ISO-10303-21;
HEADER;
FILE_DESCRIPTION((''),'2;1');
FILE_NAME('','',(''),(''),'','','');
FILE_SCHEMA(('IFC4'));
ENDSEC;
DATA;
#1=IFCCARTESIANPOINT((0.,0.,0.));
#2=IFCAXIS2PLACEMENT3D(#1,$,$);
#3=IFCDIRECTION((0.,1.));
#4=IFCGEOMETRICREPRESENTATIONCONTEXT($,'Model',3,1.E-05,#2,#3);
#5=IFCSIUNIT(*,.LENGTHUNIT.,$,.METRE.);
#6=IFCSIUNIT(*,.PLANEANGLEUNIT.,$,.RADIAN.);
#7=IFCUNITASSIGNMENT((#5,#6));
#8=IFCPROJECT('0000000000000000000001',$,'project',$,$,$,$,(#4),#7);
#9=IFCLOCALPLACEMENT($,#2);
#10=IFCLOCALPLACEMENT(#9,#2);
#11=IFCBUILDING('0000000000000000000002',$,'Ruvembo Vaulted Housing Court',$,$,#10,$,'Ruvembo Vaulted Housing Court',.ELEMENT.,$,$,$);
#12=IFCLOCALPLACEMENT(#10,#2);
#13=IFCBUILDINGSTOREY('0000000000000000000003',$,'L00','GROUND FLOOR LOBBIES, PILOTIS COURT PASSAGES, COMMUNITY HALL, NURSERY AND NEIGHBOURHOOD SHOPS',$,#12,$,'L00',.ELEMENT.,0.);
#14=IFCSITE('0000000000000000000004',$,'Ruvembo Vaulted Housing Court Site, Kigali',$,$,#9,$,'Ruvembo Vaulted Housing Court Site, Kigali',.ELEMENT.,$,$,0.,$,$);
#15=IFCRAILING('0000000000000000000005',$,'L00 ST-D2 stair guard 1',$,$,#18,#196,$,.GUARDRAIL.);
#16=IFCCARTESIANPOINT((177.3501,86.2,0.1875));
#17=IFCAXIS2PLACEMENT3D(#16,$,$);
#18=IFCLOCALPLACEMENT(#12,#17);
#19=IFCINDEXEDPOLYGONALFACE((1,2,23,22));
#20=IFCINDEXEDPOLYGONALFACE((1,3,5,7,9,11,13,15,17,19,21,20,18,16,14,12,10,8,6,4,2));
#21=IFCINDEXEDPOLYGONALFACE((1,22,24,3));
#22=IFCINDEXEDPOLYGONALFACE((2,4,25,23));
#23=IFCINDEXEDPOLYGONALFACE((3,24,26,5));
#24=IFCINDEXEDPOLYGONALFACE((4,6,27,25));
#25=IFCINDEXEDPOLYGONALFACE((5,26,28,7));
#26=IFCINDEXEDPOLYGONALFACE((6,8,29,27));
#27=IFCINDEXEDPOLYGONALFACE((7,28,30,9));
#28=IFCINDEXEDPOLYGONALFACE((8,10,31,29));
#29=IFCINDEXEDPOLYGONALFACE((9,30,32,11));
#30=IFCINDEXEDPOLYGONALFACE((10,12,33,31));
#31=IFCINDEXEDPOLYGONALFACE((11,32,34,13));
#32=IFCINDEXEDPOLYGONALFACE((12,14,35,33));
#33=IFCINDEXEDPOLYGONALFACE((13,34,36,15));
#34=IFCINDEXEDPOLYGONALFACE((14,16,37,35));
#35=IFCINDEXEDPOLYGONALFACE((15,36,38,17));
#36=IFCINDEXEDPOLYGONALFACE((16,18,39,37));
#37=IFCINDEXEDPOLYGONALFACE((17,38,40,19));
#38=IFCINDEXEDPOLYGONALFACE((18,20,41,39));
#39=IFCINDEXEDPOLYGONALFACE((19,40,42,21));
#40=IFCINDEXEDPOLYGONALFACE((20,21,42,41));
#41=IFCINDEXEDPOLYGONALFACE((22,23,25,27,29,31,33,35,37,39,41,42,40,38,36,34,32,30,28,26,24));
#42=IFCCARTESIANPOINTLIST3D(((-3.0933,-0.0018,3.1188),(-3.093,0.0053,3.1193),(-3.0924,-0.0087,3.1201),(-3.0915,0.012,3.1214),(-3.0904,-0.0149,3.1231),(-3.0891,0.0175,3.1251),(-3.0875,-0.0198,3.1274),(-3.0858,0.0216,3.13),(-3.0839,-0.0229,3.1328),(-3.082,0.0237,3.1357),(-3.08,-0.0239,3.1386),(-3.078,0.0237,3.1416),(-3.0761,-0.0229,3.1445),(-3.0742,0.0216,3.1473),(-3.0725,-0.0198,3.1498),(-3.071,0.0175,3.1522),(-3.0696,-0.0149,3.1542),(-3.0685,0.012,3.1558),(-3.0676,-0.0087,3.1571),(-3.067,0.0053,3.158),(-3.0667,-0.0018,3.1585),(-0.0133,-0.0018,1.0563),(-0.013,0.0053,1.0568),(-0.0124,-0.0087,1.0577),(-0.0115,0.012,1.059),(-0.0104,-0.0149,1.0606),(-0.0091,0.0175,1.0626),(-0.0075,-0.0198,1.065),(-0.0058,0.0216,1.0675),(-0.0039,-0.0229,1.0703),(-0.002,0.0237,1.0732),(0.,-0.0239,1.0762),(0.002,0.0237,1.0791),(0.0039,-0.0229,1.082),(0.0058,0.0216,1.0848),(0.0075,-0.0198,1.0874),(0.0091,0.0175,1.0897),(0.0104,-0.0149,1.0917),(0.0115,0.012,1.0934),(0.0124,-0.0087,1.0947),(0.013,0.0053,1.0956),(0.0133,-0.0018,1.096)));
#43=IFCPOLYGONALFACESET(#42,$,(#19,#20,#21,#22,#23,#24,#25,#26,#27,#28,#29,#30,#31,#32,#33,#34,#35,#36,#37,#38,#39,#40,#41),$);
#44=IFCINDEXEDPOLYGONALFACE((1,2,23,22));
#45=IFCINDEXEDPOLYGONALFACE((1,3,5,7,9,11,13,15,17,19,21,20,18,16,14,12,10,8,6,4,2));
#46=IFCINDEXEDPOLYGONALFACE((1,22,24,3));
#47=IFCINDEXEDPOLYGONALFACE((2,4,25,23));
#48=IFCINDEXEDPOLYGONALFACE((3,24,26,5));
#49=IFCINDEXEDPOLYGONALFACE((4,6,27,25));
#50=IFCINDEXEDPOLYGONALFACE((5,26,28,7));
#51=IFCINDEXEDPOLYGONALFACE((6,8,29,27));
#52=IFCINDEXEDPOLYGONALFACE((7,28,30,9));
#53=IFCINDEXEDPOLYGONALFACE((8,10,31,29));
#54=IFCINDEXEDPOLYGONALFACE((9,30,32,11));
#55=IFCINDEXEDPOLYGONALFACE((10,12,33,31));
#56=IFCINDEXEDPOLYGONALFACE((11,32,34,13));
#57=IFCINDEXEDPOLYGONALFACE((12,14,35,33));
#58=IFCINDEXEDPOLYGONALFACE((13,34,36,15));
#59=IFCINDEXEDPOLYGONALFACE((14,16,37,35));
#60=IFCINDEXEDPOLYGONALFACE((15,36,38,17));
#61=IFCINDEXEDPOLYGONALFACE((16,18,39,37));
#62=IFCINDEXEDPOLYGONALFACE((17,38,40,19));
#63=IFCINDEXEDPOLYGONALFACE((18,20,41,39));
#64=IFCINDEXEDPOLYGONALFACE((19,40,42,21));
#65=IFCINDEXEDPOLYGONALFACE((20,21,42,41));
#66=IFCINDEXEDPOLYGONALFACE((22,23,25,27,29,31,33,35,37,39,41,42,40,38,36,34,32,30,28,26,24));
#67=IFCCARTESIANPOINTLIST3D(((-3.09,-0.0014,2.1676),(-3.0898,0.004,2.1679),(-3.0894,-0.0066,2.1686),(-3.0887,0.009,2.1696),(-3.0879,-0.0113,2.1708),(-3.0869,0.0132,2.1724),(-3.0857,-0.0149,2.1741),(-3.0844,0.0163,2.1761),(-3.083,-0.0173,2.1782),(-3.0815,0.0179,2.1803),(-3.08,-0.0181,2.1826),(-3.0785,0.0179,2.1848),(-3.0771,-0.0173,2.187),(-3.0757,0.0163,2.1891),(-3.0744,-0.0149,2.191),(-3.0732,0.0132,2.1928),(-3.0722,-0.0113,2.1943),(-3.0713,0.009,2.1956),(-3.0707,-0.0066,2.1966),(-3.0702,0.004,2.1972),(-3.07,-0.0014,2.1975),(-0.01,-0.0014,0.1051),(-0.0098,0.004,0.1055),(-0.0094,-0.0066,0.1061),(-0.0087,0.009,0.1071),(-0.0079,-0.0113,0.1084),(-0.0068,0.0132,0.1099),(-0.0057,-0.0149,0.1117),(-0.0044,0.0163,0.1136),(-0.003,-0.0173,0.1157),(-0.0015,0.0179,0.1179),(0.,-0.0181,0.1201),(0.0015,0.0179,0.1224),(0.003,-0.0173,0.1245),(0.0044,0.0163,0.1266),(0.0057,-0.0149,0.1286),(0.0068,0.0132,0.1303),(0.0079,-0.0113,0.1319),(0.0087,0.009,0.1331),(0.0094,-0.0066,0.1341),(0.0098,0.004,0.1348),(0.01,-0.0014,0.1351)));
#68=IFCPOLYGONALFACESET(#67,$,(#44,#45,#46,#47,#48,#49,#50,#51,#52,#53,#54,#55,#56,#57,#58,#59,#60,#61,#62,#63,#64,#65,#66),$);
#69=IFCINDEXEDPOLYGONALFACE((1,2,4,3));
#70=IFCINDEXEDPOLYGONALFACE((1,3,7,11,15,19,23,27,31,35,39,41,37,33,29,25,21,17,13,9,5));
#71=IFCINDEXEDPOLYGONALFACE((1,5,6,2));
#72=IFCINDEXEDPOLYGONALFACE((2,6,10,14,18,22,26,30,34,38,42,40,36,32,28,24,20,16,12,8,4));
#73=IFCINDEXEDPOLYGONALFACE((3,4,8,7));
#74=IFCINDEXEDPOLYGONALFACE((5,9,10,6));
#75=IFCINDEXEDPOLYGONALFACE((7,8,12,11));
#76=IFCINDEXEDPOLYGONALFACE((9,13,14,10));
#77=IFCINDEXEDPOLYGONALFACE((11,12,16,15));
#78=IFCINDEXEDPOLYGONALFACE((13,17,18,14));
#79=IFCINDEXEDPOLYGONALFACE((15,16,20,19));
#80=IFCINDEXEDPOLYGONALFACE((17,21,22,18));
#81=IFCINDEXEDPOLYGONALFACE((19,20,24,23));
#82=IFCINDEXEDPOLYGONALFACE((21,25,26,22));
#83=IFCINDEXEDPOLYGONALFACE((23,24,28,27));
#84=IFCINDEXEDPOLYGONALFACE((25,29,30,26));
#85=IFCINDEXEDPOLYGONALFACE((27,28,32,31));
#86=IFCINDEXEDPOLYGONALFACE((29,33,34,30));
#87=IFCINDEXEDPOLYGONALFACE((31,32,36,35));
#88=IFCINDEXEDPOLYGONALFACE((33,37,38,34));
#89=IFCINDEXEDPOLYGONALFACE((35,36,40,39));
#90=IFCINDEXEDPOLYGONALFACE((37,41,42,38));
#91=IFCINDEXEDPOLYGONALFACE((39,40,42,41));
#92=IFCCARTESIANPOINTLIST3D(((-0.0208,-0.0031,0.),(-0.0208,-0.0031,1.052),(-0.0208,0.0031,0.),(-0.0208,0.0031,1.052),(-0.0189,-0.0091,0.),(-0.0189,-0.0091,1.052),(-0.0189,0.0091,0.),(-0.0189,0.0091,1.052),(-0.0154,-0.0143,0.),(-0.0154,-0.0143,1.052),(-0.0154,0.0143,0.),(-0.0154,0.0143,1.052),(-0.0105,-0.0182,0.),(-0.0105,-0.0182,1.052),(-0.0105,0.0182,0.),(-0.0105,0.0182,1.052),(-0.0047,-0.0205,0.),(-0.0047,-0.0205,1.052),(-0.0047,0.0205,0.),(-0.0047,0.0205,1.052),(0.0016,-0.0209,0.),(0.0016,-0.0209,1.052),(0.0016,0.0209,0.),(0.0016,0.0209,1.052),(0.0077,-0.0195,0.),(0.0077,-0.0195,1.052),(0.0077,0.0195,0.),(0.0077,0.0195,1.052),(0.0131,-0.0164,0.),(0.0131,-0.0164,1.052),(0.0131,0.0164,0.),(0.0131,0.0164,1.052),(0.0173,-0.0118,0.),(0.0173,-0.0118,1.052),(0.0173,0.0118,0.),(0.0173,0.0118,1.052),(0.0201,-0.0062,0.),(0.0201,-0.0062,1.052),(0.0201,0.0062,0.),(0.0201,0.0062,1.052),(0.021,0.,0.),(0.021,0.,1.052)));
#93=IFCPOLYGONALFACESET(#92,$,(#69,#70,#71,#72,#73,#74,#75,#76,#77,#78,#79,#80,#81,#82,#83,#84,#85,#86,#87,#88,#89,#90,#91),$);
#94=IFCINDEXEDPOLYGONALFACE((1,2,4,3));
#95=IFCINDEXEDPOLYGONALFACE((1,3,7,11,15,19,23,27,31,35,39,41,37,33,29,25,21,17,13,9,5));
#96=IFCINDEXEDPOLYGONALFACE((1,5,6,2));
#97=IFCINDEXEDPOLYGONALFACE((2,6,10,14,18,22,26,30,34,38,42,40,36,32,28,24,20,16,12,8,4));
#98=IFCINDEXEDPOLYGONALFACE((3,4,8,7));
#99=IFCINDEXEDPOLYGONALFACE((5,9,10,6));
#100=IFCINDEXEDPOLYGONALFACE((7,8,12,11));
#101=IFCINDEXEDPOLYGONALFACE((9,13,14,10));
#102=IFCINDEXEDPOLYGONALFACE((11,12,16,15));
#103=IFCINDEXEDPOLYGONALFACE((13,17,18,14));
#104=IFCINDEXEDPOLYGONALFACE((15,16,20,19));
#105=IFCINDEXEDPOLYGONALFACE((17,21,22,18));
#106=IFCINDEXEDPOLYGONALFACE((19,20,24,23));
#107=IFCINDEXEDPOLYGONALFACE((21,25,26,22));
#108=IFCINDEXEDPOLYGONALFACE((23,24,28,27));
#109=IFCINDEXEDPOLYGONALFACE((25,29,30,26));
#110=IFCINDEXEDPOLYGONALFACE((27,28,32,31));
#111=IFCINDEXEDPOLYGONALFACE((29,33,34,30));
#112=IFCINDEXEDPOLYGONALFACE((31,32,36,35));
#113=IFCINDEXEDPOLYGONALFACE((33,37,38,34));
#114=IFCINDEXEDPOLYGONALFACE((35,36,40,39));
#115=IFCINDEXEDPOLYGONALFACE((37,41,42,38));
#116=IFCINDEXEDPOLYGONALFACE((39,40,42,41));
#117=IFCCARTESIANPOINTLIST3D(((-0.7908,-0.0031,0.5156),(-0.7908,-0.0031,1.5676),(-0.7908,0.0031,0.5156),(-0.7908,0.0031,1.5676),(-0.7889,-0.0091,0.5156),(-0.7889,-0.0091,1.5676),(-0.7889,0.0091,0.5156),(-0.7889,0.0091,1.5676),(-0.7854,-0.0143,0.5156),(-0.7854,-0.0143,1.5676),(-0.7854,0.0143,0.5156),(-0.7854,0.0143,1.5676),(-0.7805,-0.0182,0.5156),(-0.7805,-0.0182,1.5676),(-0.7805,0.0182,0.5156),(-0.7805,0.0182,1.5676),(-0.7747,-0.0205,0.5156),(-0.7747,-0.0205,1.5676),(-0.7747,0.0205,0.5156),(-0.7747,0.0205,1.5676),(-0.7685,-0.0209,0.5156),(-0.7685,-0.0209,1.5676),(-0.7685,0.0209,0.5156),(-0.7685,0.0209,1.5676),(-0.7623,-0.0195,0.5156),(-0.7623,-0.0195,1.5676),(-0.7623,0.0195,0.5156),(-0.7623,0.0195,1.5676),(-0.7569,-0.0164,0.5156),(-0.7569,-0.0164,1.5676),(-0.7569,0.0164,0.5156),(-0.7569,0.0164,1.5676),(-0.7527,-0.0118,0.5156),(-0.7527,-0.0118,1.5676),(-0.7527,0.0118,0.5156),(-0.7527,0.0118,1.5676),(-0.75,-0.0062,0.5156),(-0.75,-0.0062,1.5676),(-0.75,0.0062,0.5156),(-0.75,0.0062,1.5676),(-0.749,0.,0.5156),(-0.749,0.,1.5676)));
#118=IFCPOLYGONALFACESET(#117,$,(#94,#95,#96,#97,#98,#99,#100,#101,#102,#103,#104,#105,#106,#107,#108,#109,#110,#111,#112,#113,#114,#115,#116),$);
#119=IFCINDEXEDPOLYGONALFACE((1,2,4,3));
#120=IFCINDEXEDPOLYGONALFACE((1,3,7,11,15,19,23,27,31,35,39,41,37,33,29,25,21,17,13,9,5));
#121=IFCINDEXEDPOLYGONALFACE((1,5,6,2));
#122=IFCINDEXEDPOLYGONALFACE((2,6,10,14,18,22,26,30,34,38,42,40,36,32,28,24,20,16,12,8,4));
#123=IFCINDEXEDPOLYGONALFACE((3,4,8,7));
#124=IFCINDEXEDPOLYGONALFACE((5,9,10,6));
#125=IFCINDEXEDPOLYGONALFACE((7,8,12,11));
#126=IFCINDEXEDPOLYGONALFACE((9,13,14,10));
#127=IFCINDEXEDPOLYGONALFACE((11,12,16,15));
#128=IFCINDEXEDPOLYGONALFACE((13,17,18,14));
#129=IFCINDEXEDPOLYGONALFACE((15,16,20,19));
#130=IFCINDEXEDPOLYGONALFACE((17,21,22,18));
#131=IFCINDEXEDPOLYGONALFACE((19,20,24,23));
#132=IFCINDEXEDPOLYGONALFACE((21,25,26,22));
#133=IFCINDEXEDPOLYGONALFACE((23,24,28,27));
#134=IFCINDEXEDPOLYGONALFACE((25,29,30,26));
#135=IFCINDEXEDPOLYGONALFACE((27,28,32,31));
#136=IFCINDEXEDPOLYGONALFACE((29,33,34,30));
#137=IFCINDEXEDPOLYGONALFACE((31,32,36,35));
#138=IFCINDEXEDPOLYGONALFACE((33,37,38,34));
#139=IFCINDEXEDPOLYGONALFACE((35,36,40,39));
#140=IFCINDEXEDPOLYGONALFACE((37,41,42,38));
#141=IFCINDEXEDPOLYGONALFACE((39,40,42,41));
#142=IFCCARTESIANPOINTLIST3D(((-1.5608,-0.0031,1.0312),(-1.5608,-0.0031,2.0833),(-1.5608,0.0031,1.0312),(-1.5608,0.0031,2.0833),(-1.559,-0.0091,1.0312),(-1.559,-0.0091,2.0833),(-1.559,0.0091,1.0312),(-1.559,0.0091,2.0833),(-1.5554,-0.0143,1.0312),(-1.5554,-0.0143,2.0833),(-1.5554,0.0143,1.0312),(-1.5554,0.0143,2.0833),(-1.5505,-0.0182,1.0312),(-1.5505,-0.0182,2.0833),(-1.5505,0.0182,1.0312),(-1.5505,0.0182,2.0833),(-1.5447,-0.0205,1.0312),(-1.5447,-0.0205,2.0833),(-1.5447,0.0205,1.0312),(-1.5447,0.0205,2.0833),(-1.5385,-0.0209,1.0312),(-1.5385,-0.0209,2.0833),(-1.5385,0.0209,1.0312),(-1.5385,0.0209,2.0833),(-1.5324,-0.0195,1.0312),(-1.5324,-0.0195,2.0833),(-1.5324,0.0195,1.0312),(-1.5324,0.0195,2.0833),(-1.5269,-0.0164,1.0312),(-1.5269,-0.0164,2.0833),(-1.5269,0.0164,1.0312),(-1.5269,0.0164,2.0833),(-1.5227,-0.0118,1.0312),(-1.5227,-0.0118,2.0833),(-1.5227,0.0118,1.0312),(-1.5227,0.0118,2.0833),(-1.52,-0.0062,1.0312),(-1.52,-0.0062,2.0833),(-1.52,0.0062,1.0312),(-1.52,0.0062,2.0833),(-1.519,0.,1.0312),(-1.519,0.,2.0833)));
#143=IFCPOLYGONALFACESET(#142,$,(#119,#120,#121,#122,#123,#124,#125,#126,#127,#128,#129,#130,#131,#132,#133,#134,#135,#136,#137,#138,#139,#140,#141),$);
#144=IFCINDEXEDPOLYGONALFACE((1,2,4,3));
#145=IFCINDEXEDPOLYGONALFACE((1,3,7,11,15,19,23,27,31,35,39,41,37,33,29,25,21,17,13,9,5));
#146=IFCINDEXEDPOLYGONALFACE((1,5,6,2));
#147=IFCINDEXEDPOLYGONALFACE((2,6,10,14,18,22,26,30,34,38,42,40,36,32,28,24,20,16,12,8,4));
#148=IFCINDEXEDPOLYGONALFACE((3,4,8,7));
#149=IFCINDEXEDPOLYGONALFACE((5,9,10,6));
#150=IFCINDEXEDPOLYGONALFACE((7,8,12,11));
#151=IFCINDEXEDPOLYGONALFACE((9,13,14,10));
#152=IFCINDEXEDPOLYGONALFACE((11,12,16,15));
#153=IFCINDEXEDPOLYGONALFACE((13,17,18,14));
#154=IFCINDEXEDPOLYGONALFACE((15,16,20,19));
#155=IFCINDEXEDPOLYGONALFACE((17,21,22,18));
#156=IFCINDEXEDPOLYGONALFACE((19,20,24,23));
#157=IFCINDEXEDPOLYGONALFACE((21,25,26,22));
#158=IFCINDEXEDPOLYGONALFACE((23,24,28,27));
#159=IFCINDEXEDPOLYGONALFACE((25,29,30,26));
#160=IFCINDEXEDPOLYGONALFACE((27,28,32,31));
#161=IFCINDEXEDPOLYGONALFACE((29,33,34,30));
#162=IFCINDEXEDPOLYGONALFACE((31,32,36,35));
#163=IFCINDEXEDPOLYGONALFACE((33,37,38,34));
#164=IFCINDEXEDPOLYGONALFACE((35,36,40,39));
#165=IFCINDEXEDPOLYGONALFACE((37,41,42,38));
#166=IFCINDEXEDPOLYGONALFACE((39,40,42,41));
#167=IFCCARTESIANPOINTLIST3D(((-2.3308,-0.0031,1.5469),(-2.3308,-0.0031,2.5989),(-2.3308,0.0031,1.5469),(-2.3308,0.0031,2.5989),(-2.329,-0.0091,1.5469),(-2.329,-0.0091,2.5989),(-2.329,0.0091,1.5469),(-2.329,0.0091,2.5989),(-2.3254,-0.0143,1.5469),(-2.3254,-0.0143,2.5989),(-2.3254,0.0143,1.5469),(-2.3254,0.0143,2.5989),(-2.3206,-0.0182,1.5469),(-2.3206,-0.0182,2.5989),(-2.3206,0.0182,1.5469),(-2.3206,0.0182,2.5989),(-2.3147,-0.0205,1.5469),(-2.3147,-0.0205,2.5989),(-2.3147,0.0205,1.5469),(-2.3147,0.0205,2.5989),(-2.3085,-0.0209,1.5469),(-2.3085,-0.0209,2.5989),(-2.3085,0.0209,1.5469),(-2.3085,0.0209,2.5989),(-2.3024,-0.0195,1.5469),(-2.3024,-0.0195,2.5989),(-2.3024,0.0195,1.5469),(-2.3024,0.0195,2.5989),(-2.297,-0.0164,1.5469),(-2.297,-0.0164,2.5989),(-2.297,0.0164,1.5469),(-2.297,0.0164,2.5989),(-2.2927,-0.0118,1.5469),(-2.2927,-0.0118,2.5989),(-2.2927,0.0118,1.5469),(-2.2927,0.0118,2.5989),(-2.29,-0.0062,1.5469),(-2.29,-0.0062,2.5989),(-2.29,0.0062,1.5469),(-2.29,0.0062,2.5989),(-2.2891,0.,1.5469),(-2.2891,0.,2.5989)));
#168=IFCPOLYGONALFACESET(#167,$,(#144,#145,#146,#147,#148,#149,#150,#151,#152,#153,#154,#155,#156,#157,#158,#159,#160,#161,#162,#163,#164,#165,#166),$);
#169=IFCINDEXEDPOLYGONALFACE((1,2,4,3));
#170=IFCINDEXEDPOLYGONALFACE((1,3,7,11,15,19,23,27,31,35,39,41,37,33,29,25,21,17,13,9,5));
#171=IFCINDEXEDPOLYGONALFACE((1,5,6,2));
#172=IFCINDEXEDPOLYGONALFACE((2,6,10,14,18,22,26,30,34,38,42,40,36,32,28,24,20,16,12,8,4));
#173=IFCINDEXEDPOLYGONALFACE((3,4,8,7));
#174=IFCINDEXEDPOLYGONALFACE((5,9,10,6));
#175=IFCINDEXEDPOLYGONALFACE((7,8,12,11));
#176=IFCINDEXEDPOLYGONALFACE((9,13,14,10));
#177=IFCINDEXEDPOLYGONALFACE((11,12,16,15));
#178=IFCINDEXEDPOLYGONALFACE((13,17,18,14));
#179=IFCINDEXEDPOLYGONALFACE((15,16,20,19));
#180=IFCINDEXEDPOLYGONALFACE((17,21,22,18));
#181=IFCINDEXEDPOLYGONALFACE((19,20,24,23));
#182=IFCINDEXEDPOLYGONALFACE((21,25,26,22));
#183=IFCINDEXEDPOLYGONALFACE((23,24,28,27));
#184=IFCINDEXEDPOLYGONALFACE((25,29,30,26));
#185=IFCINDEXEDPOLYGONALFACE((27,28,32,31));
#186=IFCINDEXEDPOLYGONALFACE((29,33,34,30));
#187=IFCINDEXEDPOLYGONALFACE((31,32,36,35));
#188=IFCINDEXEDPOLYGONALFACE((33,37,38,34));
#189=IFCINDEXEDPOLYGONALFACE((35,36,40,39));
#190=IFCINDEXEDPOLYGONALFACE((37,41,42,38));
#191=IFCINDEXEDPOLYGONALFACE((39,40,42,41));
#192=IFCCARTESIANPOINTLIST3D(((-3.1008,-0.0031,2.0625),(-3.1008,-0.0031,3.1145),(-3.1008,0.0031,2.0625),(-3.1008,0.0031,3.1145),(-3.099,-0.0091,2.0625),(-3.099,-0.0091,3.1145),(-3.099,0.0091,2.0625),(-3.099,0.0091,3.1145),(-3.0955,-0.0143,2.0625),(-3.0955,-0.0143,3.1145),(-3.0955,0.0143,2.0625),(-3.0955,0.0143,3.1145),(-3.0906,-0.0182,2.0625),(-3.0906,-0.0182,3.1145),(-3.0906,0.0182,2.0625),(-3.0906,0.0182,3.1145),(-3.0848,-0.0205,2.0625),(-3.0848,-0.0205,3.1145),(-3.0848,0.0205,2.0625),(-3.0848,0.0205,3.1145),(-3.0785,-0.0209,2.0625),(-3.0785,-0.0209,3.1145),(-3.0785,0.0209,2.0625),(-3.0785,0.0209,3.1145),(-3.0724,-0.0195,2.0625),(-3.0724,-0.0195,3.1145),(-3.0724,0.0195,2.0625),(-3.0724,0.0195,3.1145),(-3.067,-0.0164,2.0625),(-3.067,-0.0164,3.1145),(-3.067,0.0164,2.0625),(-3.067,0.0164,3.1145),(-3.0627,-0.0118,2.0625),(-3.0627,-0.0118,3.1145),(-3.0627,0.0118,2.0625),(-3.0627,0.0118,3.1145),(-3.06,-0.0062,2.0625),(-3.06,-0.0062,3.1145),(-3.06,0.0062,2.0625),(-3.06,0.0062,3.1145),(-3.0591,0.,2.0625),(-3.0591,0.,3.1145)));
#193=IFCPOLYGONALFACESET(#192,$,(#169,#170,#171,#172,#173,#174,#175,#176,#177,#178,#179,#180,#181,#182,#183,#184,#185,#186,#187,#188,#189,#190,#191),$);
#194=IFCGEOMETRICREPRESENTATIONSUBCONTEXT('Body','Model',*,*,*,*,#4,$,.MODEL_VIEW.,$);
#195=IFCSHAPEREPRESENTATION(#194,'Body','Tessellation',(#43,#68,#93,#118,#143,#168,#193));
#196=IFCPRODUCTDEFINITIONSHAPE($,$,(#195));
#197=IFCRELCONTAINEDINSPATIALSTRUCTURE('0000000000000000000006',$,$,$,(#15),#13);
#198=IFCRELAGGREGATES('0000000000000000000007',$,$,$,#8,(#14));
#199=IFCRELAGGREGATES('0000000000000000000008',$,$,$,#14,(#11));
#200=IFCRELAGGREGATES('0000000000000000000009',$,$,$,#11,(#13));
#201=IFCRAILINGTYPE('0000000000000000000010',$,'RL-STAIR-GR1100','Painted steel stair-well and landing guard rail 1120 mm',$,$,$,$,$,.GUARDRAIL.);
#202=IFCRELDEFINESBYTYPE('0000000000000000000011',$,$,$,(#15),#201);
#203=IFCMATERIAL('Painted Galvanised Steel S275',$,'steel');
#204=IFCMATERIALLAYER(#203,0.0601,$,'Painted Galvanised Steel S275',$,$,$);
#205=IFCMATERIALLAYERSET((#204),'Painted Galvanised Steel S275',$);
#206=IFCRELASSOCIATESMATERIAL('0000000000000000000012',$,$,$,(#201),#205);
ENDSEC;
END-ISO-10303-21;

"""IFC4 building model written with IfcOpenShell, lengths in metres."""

from ifc_helpers import new_model, si_unit, direction, frame, origin, origin_2d, place, context, subcontext, project, spatial, circle, extrude, material, layer, layer_set, type_object, element, save


model = new_model("IFC4")

# Units and contexts
model_context = context("Model", 3, precision=1e-05, world=origin(), true_north=direction((0.0, 1.0)))
body_context = subcontext(model_context, "Body", "Model", "MODEL_VIEW")
ifc_project = project(units=[si_unit("LENGTHUNIT", "METRE"), si_unit("PLANEANGLEUNIT", "RADIAN")], contexts=[model_context])

# Site, building, storey
site_placement = place(None, origin())
site = spatial("IfcSite", under=ifc_project, at=site_placement, Name="Ruvembo Vaulted Housing Court Site, Kigali", LongName="Ruvembo Vaulted Housing Court Site, Kigali", CompositionType="ELEMENT", RefElevation=0.0)
building_placement = place(site_placement, origin())
building = spatial("IfcBuilding", under=site, at=building_placement, Name="Ruvembo Vaulted Housing Court", LongName="Ruvembo Vaulted Housing Court", CompositionType="ELEMENT")
storey_placement = place(building_placement, origin())
storey = spatial("IfcBuildingStorey", under=building, at=storey_placement, Name="L00", Description="GROUND FLOOR LOBBIES, PILOTIS COURT PASSAGES, COMMUNITY HALL, NURSERY AND NEIGHBOURHOOD SHOPS", LongName="L00", CompositionType="ELEMENT", Elevation=0.0)

# Railing
ifc_material_1 = material(Name="Painted Galvanised Steel S275", Category="steel")
ifc_layer_1 = layer(ifc_material_1, 0.0601, Name="Painted Galvanised Steel S275")
ifc_layer_set_1 = layer_set([ifc_layer_1], Name="Painted Galvanised Steel S275")
railing_type_1 = type_object("IfcRailingType", Name="RL-STAIR-GR1100", Description="Painted steel stair-well and landing guard rail 1120 mm", PredefinedType="GUARDRAIL", material=ifc_layer_set_1)
railing_1_placement = place(storey_placement, frame((177.3501, 86.2, 0.1875)))
element("IfcRailing", 1, at=railing_1_placement, inside=storey, type_object=railing_type_1, Name="L00 ST-D2 stair guard 1", PredefinedType="GUARDRAIL", context=body_context, shape_type="SweptSolid", body=[
    extrude(circle(Radius=0.0239, at=origin_2d()), frame((0.0, 0.0, 1.0762), z_axis=(-0.830914, 0.0, 0.556401), x_axis=(0.0, -1.0, 0.0)), (0.0, 0.0, 1.0), 3.7068),
    extrude(circle(Radius=0.0181, at=origin_2d()), frame((0.0, 0.0, 0.1201), z_axis=(-0.830914, 0.0, 0.556401), x_axis=(0.0, -1.0, 0.0)), (0.0, 0.0, 1.0), 3.7068),
    extrude(circle(Radius=0.021, at=origin_2d()), origin(), (0.0, 0.0, 1.0), 1.052),
    extrude(circle(Radius=0.021, at=origin_2d()), frame((-0.77, 0.0, 0.5156)), (0.0, 0.0, 1.0), 1.052),
    extrude(circle(Radius=0.021, at=origin_2d()), frame((-1.54, 0.0, 1.0312)), (0.0, 0.0, 1.0), 1.052),
    extrude(circle(Radius=0.021, at=origin_2d()), frame((-2.3101, 0.0, 1.5469)), (0.0, 0.0, 1.0), 1.052),
    extrude(circle(Radius=0.021, at=origin_2d()), frame((-3.0801, 0.0, 2.0625)), (0.0, 0.0, 1.0), 1.052),
])

save(model, "model.ifc")
